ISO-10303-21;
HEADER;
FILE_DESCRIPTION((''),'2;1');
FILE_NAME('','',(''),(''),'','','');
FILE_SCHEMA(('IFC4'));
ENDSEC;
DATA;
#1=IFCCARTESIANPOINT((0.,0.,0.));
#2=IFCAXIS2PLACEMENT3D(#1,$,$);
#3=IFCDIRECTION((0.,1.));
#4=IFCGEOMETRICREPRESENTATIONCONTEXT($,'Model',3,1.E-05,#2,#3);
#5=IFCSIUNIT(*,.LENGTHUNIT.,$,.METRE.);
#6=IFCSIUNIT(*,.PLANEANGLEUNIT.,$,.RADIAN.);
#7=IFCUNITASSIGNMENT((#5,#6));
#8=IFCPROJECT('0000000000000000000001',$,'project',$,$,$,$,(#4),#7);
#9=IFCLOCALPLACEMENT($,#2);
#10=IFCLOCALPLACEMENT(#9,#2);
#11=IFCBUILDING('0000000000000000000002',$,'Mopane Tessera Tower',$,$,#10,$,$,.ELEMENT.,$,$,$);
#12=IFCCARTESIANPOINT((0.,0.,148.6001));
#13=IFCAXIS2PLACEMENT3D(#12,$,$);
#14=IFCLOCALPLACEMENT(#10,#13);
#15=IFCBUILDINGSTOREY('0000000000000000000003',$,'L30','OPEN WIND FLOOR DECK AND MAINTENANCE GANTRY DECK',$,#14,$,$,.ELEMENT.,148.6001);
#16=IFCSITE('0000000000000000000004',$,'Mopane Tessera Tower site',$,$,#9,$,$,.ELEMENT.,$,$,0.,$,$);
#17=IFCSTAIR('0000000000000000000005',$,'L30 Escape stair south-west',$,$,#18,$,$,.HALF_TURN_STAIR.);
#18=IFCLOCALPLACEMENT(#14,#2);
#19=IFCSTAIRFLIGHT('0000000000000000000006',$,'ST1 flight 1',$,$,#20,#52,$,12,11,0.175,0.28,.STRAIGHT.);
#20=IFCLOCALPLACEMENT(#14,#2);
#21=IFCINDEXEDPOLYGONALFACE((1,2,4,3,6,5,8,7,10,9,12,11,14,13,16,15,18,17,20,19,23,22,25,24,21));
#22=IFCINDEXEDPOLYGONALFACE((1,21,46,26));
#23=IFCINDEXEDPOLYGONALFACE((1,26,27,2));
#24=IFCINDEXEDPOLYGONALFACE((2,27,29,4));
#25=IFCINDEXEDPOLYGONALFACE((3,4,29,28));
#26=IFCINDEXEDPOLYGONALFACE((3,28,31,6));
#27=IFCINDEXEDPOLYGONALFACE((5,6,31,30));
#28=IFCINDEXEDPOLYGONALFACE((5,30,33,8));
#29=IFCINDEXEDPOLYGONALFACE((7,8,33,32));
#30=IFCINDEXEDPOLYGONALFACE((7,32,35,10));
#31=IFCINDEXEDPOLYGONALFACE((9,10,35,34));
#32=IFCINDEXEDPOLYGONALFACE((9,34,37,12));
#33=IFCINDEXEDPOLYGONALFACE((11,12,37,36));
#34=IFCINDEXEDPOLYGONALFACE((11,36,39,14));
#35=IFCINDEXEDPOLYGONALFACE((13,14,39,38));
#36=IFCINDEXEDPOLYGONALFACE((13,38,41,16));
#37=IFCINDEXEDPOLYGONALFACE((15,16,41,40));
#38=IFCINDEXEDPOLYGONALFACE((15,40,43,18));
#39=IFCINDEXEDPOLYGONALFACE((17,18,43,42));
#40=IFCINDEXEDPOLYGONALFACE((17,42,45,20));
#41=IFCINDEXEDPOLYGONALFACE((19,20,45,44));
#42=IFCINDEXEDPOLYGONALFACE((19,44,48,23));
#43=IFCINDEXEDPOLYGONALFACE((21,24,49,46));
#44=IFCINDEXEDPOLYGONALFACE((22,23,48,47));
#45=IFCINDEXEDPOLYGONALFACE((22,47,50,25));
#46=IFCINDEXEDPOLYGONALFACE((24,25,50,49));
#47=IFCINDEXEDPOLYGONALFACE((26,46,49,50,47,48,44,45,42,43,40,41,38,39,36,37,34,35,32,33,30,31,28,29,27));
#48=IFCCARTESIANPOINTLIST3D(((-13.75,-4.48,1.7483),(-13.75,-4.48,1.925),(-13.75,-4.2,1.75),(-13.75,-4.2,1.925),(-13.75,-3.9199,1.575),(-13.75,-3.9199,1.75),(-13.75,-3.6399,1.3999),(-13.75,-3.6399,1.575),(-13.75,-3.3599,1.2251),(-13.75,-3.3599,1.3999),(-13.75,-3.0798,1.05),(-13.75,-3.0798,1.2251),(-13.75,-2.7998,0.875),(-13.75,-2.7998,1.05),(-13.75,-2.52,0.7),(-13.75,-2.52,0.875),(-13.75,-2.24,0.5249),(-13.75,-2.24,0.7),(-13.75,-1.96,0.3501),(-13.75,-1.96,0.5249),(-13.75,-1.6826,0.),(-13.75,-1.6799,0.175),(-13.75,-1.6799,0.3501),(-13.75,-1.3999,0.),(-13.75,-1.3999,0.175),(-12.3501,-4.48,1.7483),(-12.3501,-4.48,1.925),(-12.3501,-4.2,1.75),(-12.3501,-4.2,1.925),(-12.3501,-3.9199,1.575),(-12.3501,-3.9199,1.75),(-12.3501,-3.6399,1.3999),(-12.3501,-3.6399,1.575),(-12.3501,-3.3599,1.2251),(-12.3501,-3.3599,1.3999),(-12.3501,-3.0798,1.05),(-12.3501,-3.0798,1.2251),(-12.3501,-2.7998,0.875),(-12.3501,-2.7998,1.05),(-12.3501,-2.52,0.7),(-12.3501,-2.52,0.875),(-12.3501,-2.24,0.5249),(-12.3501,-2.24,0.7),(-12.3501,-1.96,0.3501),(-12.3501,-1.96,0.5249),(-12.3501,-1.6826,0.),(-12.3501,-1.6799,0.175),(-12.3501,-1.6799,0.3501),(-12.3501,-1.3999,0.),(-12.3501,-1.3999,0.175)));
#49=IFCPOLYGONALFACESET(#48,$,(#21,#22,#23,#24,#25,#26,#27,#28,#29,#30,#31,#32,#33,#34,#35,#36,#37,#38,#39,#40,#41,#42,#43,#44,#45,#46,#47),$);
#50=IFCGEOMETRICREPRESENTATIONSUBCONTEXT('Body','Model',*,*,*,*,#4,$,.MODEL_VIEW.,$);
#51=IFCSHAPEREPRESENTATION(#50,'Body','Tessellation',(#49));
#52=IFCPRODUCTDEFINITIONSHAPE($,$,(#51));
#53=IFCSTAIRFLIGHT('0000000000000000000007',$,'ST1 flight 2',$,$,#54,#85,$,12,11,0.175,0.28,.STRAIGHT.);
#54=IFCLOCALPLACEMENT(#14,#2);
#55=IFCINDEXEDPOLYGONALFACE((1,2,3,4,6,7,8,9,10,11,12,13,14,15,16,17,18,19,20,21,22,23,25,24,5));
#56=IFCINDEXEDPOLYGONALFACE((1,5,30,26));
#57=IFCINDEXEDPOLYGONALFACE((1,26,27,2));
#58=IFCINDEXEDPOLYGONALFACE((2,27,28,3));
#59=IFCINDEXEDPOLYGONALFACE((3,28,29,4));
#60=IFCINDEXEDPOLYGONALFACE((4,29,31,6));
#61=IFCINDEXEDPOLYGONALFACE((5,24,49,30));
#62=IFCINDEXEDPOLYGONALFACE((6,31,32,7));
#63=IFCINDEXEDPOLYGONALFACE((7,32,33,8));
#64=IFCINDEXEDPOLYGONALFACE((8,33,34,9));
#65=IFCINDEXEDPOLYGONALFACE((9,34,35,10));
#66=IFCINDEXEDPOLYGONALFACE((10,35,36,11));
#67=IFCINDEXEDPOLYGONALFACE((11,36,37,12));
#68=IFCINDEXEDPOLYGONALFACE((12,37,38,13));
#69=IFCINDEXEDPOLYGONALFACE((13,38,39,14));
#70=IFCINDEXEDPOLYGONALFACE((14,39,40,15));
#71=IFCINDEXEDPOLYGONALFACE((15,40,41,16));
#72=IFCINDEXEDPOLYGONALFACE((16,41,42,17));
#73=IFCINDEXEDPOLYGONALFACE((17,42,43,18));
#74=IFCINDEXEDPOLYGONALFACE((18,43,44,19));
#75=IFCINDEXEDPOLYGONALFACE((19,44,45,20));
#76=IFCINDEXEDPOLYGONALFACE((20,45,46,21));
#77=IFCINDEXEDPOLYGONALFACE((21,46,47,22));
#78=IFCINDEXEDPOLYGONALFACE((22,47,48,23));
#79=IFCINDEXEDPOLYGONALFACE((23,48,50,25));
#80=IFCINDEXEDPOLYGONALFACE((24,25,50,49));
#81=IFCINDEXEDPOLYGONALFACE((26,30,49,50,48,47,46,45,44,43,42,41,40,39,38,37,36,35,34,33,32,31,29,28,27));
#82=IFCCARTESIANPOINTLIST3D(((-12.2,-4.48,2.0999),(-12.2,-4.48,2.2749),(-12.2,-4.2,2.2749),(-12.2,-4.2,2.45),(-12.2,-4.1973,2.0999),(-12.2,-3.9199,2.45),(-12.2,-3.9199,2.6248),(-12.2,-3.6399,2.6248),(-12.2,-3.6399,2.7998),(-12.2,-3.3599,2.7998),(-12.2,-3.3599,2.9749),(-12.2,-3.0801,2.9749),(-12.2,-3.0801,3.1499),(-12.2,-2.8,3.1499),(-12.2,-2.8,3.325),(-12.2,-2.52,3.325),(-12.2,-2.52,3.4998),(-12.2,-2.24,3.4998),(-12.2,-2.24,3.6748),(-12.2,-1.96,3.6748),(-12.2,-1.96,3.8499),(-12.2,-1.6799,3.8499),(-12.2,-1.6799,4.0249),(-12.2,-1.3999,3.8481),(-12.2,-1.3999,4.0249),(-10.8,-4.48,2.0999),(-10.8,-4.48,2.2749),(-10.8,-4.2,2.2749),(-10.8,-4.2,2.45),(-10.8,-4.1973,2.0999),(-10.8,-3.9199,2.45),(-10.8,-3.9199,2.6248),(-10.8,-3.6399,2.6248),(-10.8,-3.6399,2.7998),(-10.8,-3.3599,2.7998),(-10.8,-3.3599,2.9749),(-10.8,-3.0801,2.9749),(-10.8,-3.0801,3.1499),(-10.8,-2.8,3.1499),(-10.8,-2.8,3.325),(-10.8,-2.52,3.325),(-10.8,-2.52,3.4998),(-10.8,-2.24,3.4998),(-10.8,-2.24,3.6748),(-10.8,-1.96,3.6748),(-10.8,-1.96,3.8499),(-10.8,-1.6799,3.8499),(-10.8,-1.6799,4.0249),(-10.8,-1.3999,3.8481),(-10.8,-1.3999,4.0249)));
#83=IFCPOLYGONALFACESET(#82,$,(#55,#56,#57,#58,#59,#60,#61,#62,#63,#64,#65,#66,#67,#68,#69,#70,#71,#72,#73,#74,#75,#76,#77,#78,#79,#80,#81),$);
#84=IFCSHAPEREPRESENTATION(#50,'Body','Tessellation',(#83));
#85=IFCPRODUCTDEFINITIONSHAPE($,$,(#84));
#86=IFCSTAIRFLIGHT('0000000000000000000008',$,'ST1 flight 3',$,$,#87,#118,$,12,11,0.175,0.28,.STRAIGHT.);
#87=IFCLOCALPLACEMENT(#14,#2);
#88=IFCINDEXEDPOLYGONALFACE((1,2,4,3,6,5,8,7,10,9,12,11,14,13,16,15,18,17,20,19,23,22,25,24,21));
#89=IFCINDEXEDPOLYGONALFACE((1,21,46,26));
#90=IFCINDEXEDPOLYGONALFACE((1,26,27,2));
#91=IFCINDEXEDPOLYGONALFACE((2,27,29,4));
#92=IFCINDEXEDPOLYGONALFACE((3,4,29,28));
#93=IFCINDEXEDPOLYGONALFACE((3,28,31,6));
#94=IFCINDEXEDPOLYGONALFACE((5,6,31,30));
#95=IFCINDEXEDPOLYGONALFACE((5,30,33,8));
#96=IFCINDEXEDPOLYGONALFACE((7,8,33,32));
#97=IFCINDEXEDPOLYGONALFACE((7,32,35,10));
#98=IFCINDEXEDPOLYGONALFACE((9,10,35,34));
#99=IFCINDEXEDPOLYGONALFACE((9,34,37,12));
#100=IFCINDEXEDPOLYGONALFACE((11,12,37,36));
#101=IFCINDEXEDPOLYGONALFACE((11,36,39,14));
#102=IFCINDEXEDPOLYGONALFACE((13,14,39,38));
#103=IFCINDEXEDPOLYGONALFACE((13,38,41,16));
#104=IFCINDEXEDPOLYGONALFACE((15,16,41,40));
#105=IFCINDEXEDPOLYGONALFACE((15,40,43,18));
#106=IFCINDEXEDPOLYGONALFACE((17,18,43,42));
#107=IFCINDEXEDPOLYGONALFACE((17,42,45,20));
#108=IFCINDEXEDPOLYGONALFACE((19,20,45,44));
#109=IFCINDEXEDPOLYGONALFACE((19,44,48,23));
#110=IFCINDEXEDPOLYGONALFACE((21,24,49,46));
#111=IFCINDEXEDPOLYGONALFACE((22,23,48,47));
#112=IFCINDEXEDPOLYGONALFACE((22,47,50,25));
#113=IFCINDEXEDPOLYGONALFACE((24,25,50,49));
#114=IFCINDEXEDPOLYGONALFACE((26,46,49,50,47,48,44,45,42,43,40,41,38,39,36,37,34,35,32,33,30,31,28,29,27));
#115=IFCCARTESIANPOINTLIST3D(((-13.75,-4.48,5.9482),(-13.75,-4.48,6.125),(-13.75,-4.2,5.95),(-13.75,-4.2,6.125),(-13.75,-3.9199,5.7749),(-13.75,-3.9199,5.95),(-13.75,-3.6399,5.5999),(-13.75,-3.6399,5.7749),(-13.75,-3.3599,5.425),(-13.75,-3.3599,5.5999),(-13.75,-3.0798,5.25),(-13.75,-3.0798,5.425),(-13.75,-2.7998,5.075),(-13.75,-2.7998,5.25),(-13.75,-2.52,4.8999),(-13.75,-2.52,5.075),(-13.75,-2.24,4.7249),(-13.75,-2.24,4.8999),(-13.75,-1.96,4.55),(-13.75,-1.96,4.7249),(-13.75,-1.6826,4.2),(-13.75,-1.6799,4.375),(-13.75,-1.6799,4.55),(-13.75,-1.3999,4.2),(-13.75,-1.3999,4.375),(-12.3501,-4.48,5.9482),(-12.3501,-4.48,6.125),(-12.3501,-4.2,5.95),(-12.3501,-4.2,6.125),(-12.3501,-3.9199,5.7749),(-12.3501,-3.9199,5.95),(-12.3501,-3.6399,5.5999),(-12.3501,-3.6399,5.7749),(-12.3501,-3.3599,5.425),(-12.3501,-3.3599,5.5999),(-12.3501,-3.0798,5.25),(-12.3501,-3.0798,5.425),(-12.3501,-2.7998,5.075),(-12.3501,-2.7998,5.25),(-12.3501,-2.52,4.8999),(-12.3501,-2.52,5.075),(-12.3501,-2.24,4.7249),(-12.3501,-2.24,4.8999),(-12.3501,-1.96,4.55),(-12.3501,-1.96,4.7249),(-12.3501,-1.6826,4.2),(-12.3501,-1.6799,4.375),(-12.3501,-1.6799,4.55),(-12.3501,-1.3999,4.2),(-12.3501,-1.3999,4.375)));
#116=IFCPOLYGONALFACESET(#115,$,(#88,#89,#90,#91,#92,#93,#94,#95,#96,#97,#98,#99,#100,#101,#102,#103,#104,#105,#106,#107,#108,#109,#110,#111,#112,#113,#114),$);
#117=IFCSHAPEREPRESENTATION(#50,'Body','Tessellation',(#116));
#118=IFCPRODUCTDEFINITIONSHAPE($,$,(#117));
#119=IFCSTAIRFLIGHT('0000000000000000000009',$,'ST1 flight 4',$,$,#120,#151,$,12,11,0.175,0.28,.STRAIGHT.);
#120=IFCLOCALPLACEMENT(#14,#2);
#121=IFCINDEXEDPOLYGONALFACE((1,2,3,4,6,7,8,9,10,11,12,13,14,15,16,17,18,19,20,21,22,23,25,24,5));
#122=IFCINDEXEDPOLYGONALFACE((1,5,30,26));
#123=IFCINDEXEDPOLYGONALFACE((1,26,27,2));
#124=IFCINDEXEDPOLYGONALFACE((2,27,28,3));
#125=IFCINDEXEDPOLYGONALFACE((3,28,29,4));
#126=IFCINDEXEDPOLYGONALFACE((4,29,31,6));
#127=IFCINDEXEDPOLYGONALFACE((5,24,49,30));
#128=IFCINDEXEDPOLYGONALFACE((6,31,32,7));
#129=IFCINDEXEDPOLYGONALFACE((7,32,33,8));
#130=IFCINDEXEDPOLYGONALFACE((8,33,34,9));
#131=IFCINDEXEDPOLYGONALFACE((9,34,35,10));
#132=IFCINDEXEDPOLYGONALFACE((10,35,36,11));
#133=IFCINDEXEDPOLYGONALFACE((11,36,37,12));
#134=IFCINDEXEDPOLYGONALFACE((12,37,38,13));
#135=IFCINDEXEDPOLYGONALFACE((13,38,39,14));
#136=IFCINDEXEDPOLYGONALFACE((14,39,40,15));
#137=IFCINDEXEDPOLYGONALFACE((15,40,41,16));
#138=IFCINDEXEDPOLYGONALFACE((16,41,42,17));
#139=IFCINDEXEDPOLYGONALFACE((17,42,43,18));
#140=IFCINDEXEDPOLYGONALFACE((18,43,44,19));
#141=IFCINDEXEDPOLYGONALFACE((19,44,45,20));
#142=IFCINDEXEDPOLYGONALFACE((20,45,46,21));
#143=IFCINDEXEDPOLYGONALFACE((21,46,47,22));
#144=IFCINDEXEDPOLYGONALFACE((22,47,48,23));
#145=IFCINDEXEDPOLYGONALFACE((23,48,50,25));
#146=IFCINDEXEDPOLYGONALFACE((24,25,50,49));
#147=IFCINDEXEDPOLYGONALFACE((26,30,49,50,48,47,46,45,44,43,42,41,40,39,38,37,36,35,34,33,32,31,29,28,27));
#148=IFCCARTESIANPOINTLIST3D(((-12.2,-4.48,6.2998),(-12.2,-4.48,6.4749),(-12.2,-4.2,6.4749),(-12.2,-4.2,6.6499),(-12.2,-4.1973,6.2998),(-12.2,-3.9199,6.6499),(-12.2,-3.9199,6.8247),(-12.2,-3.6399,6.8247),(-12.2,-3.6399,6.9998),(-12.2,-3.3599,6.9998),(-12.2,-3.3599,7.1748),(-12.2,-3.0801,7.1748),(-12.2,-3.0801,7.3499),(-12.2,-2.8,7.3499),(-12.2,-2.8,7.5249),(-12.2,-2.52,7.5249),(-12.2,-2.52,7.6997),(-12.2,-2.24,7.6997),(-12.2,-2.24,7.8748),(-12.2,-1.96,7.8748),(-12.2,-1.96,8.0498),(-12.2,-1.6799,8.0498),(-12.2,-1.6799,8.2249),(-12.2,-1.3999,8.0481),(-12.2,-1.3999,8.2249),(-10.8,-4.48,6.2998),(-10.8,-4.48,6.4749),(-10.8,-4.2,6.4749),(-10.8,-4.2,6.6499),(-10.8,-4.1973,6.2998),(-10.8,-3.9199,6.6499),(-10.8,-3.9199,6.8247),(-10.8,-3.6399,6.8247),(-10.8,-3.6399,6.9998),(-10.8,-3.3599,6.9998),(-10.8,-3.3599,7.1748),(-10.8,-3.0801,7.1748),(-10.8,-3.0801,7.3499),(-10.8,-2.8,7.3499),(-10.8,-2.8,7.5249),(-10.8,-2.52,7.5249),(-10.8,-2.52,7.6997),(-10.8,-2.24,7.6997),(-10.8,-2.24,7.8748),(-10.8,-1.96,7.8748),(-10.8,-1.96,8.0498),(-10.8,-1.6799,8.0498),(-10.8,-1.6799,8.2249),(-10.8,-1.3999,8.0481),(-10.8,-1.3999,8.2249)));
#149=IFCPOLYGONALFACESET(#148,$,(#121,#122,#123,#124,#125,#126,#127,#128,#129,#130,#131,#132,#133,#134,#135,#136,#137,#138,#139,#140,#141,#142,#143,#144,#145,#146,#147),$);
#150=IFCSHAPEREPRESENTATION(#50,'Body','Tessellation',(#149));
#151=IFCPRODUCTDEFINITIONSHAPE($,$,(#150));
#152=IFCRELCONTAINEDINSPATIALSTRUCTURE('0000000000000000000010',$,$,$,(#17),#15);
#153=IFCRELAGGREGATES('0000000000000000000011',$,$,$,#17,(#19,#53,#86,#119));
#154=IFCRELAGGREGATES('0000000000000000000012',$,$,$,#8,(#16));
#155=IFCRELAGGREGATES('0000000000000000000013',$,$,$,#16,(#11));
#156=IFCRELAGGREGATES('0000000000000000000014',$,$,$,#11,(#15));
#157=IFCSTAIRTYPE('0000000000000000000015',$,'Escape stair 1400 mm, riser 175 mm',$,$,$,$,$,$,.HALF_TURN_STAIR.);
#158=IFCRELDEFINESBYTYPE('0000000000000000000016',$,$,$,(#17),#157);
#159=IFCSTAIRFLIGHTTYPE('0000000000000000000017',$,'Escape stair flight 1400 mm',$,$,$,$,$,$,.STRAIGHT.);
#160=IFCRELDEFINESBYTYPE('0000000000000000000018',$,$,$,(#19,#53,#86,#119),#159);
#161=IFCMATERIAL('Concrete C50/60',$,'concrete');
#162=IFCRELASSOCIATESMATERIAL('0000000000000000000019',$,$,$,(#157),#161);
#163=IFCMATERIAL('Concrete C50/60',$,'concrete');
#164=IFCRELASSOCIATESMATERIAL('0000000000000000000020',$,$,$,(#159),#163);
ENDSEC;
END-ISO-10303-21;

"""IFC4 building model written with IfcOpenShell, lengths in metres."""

from ifc_helpers import new_model, si_unit, direction, frame, origin, place, context, subcontext, project, spatial, polyline, outline, extrude, material, type_object, element, aggregate, save


model = new_model("IFC4")

# Units and contexts
model_context = context("Model", 3, precision=1e-05, world=origin(), true_north=direction((0.0, 1.0)))
body_context = subcontext(model_context, "Body", "Model", "MODEL_VIEW")
ifc_project = project(units=[si_unit("LENGTHUNIT", "METRE"), si_unit("PLANEANGLEUNIT", "RADIAN")], contexts=[model_context])

# Site, building, storey
site_placement = place(None, origin())
site = spatial("IfcSite", under=ifc_project, at=site_placement, Name="Mopane Tessera Tower site", CompositionType="ELEMENT", RefElevation=0.0)
building_placement = place(site_placement, origin())
building = spatial("IfcBuilding", under=site, at=building_placement, Name="Mopane Tessera Tower", CompositionType="ELEMENT")
storey_placement = place(building_placement, frame((0.0, 0.0, 148.6001)))
storey = spatial("IfcBuildingStorey", under=building, at=storey_placement, Name="L30", Description="OPEN WIND FLOOR DECK AND MAINTENANCE GANTRY DECK", CompositionType="ELEMENT", Elevation=148.6001)

# Stair, stair flights
ifc_material_1 = material(Name="Concrete C50/60", Category="concrete")
stair_type = type_object("IfcStairType", Name="Escape stair 1400 mm, riser 175 mm", PredefinedType="HALF_TURN_STAIR", material=ifc_material_1)
stair_placement = place(storey_placement, origin())
stair = element("IfcStair", 1, at=stair_placement, inside=storey, type_object=stair_type, Name="L30 Escape stair south-west", PredefinedType="HALF_TURN_STAIR")
ifc_material_2 = material(Name="Concrete C50/60", Category="concrete")
stair_flight_type = type_object("IfcStairFlightType", Name="Escape stair flight 1400 mm", PredefinedType="STRAIGHT", material=ifc_material_2)
stair_flight_1_placement = place(storey_placement, frame((-13.05, -1.3999, 0.0), z_axis=(0.0, 0.0, 1.0), x_axis=(0.0, -1.0, 0.0)))
stair_flight_1 = element("IfcStairFlight", 2, at=stair_flight_1_placement, type_object=stair_flight_type, Name="ST1 flight 1", NumberOfRisers=12, NumberOfTreads=11, PredefinedType="STRAIGHT", RiserHeight=0.175, TreadLength=0.28, context=body_context, shape_type="SweptSolid", body=[
    extrude(outline(polyline([(0.0, 0.0), (0.0, 0.175), (0.28, 0.175), (0.28, 0.3501), (0.5601, 0.3501), (0.5601, 0.5249), (0.8401, 0.5249), (0.8401, 0.7), (1.1201, 0.7), (1.1201, 0.875), (1.3999, 0.875), (1.3999, 1.05), (1.6799, 1.05), (1.6799, 1.2251), (1.96, 1.2251), (1.96, 1.3999), (2.24, 1.3999), (2.24, 1.575), (2.52, 1.575), (2.52, 1.75), (2.8, 1.75), (2.8, 1.925), (3.0801, 1.925), (3.0801, 2.1001), (3.0801, 1.7483), (0.2827, 0.0), (0.0, 0.0)])), frame((0.0, 0.7, 0.0), z_axis=(0.0, -1.0, 0.0), x_axis=(1.0, 0.0, 0.0)), (0.0, 0.0, 1.0), 1.3999),
])
stair_flight_2_placement = place(storey_placement, frame((-11.5, -4.48, 2.0999), z_axis=(0.0, 0.0, 1.0), x_axis=(0.0, 1.0, 0.0)))
stair_flight_2 = element("IfcStairFlight", 3, at=stair_flight_2_placement, type_object=stair_flight_type, Name="ST1 flight 2", NumberOfRisers=12, NumberOfTreads=11, PredefinedType="STRAIGHT", RiserHeight=0.175, TreadLength=0.28, context=body_context, shape_type="SweptSolid", body=[
    extrude(outline(polyline([(0.0, 0.0), (0.0, 0.175), (0.28, 0.175), (0.28, 0.3501), (0.5601, 0.3501), (0.5601, 0.5249), (0.8401, 0.5249), (0.8401, 0.7), (1.1201, 0.7), (1.1201, 0.875), (1.3999, 0.875), (1.3999, 1.05), (1.6799, 1.05), (1.6799, 1.2251), (1.96, 1.2251), (1.96, 1.3999), (2.24, 1.3999), (2.24, 1.575), (2.52, 1.575), (2.52, 1.75), (2.8, 1.75), (2.8, 1.925), (3.0801, 1.925), (3.0801, 2.1001), (3.0801, 1.7483), (0.2827, 0.0), (0.0, 0.0)])), frame((0.0, 0.7, 0.0), z_axis=(0.0, -1.0, 0.0), x_axis=(1.0, 0.0, 0.0)), (0.0, 0.0, 1.0), 1.3999),
])
stair_flight_3_placement = place(storey_placement, frame((-13.05, -1.3999, 4.2), z_axis=(0.0, 0.0, 1.0), x_axis=(0.0, -1.0, 0.0)))
stair_flight_3 = element("IfcStairFlight", 4, at=stair_flight_3_placement, type_object=stair_flight_type, Name="ST1 flight 3", NumberOfRisers=12, NumberOfTreads=11, PredefinedType="STRAIGHT", RiserHeight=0.175, TreadLength=0.28, context=body_context, shape_type="SweptSolid", body=[
    extrude(outline(polyline([(0.0, 0.0), (0.0, 0.175), (0.28, 0.175), (0.28, 0.3501), (0.5601, 0.3501), (0.5601, 0.5249), (0.8401, 0.5249), (0.8401, 0.7), (1.1201, 0.7), (1.1201, 0.875), (1.3999, 0.875), (1.3999, 1.05), (1.6799, 1.05), (1.6799, 1.2251), (1.96, 1.2251), (1.96, 1.3999), (2.24, 1.3999), (2.24, 1.575), (2.52, 1.575), (2.52, 1.75), (2.8, 1.75), (2.8, 1.925), (3.0801, 1.925), (3.0801, 2.1001), (3.0801, 1.7483), (0.2827, 0.0), (0.0, 0.0)])), frame((0.0, 0.7, 0.0), z_axis=(0.0, -1.0, 0.0), x_axis=(1.0, 0.0, 0.0)), (0.0, 0.0, 1.0), 1.3999),
])
stair_flight_4_placement = place(storey_placement, frame((-11.5, -4.48, 6.2998), z_axis=(0.0, 0.0, 1.0), x_axis=(0.0, 1.0, 0.0)))
stair_flight_4 = element("IfcStairFlight", 5, at=stair_flight_4_placement, type_object=stair_flight_type, Name="ST1 flight 4", NumberOfRisers=12, NumberOfTreads=11, PredefinedType="STRAIGHT", RiserHeight=0.175, TreadLength=0.28, context=body_context, shape_type="SweptSolid", body=[
    extrude(outline(polyline([(0.0, 0.0), (0.0, 0.175), (0.28, 0.175), (0.28, 0.3501), (0.5601, 0.3501), (0.5601, 0.5249), (0.8401, 0.5249), (0.8401, 0.7), (1.1201, 0.7), (1.1201, 0.875), (1.3999, 0.875), (1.3999, 1.05), (1.6799, 1.05), (1.6799, 1.2251), (1.96, 1.2251), (1.96, 1.3999), (2.24, 1.3999), (2.24, 1.575), (2.52, 1.575), (2.52, 1.75), (2.8, 1.75), (2.8, 1.925), (3.0801, 1.925), (3.0801, 2.1001), (3.0801, 1.7483), (0.2827, 0.0), (0.0, 0.0)])), frame((0.0, 0.7, 0.0), z_axis=(0.0, -1.0, 0.0), x_axis=(1.0, 0.0, 0.0)), (0.0, 0.0, 1.0), 1.3999),
])
aggregate(stair, [stair_flight_1, stair_flight_2, stair_flight_3, stair_flight_4])

save(model, "model.ifc")
